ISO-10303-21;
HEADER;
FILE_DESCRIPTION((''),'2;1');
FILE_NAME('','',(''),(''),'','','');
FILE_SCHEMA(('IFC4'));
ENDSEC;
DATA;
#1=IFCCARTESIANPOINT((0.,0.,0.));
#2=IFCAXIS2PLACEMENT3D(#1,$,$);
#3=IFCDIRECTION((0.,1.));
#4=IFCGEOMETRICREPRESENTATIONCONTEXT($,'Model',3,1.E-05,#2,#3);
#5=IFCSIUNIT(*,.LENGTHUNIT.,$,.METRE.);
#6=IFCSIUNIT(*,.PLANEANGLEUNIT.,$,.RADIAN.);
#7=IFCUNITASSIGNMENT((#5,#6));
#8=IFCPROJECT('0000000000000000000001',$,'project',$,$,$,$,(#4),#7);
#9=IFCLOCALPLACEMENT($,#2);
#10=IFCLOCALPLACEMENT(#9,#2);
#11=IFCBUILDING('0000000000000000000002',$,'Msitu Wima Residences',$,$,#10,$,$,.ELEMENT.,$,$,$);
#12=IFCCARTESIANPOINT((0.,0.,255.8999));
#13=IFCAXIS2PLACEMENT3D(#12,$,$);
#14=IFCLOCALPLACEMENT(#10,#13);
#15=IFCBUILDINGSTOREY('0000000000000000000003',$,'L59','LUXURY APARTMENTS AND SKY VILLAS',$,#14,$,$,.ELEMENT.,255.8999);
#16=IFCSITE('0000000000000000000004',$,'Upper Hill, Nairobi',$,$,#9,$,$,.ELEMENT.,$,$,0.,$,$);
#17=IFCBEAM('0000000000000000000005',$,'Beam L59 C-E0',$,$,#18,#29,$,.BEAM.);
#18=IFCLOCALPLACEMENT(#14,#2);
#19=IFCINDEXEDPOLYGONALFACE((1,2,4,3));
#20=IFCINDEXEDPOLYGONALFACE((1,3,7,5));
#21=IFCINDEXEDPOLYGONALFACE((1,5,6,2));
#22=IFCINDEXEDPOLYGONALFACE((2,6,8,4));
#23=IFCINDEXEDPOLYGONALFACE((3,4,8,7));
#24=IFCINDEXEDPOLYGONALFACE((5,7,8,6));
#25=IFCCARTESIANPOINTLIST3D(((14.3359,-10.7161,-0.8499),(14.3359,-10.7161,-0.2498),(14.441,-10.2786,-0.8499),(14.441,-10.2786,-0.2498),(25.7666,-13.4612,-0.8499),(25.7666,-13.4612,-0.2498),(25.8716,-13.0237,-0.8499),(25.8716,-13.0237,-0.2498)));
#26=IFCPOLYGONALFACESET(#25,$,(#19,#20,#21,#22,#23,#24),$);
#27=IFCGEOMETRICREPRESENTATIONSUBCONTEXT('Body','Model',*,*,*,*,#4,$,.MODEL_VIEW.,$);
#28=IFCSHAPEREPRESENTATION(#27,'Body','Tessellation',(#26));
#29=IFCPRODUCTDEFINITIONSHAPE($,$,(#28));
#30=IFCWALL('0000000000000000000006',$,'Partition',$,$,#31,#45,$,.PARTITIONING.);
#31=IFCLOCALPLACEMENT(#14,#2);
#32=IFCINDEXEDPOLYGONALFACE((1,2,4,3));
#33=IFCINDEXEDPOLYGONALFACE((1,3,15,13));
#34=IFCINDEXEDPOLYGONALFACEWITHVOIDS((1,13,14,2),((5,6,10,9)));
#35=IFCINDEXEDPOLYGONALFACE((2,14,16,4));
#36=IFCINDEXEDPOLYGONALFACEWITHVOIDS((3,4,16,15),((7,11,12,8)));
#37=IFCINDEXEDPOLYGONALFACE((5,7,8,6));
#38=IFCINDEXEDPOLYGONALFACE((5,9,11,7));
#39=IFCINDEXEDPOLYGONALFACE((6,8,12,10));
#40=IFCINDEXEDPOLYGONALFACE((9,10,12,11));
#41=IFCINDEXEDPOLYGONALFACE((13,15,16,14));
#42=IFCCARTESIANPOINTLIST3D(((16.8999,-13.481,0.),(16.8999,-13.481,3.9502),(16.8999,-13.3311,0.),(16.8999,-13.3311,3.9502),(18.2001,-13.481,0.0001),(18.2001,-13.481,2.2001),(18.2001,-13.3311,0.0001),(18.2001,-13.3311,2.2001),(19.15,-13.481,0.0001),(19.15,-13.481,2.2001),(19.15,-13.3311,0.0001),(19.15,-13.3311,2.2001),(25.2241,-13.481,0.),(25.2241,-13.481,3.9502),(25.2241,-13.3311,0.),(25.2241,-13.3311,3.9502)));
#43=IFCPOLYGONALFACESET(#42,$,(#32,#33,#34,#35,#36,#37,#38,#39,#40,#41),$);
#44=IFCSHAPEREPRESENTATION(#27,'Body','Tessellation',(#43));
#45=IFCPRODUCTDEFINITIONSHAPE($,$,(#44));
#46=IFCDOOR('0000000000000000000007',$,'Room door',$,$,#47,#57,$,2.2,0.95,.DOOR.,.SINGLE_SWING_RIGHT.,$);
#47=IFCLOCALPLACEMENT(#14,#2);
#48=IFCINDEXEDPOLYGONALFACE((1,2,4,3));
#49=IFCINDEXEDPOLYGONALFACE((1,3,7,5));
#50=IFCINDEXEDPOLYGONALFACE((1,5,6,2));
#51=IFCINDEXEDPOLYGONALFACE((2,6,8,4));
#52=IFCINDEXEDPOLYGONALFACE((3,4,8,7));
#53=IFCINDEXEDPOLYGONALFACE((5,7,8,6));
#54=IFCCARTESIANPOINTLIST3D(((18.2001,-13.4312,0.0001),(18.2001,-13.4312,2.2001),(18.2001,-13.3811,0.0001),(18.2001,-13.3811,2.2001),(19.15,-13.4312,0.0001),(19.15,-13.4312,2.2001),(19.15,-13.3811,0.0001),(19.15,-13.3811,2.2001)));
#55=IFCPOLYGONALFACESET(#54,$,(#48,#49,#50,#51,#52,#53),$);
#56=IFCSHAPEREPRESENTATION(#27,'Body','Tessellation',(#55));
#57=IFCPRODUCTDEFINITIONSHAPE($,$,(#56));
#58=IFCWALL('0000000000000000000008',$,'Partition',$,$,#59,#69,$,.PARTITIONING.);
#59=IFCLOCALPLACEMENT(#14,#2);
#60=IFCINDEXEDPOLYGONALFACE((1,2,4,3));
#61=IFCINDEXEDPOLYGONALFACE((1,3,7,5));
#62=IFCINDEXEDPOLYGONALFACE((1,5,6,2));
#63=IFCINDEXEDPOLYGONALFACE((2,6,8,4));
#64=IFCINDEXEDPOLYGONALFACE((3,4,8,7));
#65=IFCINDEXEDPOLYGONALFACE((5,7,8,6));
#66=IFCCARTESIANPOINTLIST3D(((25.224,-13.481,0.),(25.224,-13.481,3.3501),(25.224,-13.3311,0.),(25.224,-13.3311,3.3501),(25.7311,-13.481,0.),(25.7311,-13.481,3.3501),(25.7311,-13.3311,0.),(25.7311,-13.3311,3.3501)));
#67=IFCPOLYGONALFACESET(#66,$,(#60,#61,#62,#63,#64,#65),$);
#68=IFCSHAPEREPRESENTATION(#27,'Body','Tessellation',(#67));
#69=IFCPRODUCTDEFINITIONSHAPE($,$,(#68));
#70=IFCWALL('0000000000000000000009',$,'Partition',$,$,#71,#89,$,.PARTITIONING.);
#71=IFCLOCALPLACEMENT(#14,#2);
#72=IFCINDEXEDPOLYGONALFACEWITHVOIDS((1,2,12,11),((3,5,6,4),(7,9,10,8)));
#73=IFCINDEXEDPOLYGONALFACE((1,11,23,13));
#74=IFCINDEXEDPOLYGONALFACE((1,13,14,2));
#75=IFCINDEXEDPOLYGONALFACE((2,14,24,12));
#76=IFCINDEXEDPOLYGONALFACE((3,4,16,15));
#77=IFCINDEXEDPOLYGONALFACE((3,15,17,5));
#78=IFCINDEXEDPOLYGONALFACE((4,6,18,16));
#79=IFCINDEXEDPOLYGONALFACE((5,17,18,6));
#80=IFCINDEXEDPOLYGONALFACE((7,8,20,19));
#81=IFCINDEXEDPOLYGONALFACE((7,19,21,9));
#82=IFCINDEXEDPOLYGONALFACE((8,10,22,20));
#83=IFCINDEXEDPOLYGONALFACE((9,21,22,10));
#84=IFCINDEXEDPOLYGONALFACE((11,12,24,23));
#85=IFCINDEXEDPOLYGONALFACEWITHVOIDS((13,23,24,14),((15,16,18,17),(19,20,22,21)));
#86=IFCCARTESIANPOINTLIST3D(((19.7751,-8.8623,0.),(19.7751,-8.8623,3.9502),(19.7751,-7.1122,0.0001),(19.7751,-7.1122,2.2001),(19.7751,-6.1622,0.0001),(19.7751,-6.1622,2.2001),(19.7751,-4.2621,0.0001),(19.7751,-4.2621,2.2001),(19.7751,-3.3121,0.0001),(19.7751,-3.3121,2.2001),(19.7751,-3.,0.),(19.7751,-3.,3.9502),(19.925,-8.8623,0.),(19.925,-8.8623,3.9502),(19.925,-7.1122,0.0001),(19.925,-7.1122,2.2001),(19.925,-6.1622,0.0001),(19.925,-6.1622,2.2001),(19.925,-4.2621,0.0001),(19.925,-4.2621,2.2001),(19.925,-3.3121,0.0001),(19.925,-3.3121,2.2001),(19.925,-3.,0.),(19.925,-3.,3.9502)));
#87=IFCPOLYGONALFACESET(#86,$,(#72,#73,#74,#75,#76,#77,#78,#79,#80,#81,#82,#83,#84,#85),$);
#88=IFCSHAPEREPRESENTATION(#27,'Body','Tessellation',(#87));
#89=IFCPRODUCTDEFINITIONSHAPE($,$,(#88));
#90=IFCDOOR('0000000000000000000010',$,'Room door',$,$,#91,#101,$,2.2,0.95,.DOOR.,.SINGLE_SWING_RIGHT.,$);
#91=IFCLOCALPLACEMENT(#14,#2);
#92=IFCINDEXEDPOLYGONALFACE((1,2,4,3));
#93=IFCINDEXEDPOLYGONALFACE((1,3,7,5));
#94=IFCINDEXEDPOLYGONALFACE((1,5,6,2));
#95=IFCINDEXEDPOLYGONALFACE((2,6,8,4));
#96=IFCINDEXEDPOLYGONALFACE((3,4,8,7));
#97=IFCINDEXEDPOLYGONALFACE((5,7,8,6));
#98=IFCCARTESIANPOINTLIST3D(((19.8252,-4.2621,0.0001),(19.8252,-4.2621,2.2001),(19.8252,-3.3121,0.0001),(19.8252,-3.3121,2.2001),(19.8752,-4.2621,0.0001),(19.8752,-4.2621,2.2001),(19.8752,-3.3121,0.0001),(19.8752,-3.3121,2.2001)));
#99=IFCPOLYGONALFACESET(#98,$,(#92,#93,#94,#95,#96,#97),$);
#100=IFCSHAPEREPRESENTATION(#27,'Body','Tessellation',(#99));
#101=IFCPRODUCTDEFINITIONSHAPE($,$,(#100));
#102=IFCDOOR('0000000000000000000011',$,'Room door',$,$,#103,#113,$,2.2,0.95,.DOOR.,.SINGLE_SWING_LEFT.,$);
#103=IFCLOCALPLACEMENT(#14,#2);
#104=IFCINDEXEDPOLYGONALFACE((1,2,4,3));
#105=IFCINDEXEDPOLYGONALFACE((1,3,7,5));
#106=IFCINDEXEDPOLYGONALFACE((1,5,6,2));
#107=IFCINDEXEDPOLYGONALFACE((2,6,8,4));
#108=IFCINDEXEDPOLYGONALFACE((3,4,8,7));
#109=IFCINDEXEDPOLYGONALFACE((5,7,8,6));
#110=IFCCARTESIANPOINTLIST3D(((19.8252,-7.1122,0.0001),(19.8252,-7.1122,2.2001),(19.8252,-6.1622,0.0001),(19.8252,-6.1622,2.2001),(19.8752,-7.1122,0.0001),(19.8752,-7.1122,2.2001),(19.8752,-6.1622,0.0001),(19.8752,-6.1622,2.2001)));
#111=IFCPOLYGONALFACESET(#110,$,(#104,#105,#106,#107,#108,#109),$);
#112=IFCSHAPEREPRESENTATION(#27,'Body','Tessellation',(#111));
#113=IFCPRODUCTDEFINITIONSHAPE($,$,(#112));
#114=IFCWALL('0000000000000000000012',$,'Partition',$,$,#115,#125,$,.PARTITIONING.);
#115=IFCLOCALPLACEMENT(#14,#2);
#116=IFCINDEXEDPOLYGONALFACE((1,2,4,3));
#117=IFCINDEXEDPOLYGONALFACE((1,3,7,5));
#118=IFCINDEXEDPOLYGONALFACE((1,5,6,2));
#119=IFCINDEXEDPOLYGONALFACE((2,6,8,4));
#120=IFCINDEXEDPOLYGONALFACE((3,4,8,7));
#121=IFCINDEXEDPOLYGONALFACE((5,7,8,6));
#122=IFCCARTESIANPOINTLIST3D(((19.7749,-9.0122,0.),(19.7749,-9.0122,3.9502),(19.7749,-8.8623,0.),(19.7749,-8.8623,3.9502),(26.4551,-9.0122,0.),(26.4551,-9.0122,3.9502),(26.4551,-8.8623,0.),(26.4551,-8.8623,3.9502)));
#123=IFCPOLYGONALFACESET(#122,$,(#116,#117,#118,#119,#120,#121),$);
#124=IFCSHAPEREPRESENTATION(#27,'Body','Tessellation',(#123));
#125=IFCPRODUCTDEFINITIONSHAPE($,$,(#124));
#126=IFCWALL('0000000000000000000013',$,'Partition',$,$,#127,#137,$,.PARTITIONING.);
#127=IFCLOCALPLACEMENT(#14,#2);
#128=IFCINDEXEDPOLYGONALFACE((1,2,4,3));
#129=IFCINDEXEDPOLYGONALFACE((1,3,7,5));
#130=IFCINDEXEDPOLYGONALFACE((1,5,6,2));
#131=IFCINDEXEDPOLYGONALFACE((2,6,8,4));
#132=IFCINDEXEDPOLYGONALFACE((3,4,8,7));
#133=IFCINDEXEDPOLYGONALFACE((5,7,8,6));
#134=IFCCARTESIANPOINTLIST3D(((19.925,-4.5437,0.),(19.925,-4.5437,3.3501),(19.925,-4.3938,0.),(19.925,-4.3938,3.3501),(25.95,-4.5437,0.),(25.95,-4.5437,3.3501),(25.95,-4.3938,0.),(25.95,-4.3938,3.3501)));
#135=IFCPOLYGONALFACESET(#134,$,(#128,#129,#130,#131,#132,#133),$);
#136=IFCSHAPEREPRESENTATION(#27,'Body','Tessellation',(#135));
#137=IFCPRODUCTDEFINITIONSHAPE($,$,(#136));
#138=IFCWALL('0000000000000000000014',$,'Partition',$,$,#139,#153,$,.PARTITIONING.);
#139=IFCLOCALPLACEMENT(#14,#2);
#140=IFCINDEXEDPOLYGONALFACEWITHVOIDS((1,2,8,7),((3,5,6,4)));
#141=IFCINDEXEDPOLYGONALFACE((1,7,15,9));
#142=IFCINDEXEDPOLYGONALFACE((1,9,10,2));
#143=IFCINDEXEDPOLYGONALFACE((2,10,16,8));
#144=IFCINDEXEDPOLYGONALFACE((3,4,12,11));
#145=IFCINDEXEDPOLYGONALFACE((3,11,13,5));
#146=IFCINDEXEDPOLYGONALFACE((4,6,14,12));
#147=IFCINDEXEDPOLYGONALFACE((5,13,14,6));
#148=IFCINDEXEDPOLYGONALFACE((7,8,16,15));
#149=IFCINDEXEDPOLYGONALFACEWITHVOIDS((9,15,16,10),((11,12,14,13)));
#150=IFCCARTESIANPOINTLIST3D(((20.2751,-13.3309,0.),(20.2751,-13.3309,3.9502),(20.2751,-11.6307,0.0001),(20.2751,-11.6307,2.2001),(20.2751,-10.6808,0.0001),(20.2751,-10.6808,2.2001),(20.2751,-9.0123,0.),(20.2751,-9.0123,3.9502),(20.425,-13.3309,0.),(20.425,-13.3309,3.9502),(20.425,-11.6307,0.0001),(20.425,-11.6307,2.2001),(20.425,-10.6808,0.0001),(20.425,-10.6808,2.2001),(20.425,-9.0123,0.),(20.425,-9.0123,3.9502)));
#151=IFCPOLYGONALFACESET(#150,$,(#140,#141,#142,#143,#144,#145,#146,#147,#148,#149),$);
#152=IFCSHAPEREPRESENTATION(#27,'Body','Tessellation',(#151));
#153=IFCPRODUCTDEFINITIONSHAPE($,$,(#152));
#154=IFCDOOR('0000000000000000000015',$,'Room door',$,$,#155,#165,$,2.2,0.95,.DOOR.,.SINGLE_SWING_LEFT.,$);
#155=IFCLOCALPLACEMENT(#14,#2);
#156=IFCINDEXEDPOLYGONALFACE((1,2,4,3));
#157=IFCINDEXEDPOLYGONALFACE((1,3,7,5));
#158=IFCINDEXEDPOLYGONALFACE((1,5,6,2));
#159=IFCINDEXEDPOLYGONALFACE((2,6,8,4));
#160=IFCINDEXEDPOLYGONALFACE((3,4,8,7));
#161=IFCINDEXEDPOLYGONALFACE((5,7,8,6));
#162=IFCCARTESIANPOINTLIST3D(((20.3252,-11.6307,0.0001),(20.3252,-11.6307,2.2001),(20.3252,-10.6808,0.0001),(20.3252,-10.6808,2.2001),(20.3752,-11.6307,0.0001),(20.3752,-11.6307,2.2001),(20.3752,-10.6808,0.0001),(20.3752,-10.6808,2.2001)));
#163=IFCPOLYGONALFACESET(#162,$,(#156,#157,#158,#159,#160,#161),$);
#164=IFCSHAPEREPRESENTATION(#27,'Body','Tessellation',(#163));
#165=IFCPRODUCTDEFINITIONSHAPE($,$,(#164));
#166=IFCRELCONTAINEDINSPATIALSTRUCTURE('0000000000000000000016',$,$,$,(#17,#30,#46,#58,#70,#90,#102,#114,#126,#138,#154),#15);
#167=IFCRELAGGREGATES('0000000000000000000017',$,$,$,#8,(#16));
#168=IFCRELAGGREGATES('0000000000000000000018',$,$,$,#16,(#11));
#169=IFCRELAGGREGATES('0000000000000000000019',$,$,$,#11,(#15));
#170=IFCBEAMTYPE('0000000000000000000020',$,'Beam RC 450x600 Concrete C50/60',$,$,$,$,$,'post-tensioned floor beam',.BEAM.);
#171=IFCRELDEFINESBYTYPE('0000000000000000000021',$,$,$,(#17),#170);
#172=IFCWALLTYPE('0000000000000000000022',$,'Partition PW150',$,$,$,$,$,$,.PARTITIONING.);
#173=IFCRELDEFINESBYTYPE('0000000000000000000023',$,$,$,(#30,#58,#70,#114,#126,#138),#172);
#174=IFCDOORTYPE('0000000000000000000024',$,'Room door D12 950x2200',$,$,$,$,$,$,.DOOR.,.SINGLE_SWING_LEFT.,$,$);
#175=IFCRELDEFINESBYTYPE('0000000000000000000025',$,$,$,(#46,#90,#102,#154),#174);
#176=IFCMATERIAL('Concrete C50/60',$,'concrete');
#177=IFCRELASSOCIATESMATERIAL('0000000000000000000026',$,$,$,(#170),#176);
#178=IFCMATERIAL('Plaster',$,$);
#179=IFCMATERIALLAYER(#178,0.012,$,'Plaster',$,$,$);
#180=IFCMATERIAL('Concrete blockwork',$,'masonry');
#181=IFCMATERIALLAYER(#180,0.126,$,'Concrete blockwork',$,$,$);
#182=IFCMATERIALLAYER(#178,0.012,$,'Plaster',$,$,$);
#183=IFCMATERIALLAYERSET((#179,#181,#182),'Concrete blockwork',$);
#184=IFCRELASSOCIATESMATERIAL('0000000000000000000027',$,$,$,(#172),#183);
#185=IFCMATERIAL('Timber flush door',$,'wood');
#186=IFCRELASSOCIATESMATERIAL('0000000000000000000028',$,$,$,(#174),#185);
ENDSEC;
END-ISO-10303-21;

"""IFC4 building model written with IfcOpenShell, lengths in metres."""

from ifc_helpers import new_model, si_unit, direction, frame, frame_2d, origin, origin_2d, place, context, subcontext, project, spatial, rectangle, extrude, material, layer, layer_set, material_profile, profile_set, type_object, element, fill, save


model = new_model("IFC4")

# Units and contexts
model_context = context("Model", 3, precision=1e-05, world=origin(), true_north=direction((0.0, 1.0)))
body_context = subcontext(model_context, "Body", "Model", "MODEL_VIEW")
ifc_project = project(units=[si_unit("LENGTHUNIT", "METRE"), si_unit("PLANEANGLEUNIT", "RADIAN")], contexts=[model_context])

# Site, building, storey
site_placement = place(None, origin())
site = spatial("IfcSite", under=ifc_project, at=site_placement, Name="Upper Hill, Nairobi", CompositionType="ELEMENT", RefElevation=0.0)
building_placement = place(site_placement, origin())
building = spatial("IfcBuilding", under=site, at=building_placement, Name="Msitu Wima Residences", CompositionType="ELEMENT")
storey_placement = place(building_placement, frame((0.0, 0.0, 255.8999)))
storey = spatial("IfcBuildingStorey", under=building, at=storey_placement, Name="L59", Description="LUXURY APARTMENTS AND SKY VILLAS", CompositionType="ELEMENT", Elevation=255.8999)

# Beam
ifc_material_1 = material(Name="Concrete C50/60", Category="concrete")
ifc_material_profile = material_profile(ifc_material_1, rectangle(XDim=0.45, YDim=0.6001, at=origin_2d()), Name="RC 450x600")
ifc_profile_set = profile_set([ifc_material_profile], Name="Concrete C50/60")
beam_type = type_object("IfcBeamType", Name="Beam RC 450x600 Concrete C50/60", ElementType="post-tensioned floor beam", PredefinedType="BEAM", material=ifc_profile_set)
beam_placement = place(storey_placement, frame((25.8191, -13.2424, -0.5498), z_axis=(-0.972353, 0.233514, 0.0), x_axis=(-0.233514, -0.972353, 0.0)))
element("IfcBeam", 1, at=beam_placement, inside=storey, type_object=beam_type, Name="Beam L59 C-E0", PredefinedType="BEAM", context=body_context, shape_type="SweptSolid", body=[
    extrude(rectangle(XDim=0.45, YDim=0.6001, at=origin_2d()), origin(), (0.0, 0.0, 1.0), 11.7556),
])

# Wall, opening, door
ifc_material_2 = material(Name="Plaster")
ifc_layer_1 = layer(ifc_material_2, 0.012, Name="Plaster")
ifc_material_3 = material(Name="Concrete blockwork", Category="masonry")
ifc_layer_2 = layer(ifc_material_3, 0.126, Name="Concrete blockwork")
ifc_layer_3 = layer(ifc_material_2, 0.012, Name="Plaster")
ifc_layer_set_1 = layer_set([ifc_layer_1, ifc_layer_2, ifc_layer_3], Name="Concrete blockwork")
wall_type_1 = type_object("IfcWallType", Name="Partition PW150", PredefinedType="PARTITIONING", material=ifc_layer_set_1)
wall_1_placement = place(storey_placement, frame((16.8999, -13.406, 0.0), z_axis=(0.0, 0.0, 1.0), x_axis=(1.0, 0.0, 0.0)))
wall_1 = element("IfcWall", 2, at=wall_1_placement, inside=storey, type_object=wall_type_1, Name="Partition", PredefinedType="PARTITIONING", context=body_context, shape_type="SweptSolid", body=[
    extrude(rectangle(XDim=8.3242, YDim=0.1499, at=frame_2d((4.1621, 0.0))), origin(), (0.0, 0.0, 1.0), 3.9502),
])
opening_1_placement = place(wall_1_placement, frame((1.3, 0.0, 0.0)))
opening_1 = element("IfcOpeningElement", 3, at=opening_1_placement, cuts=wall_1, PredefinedType="OPENING", context=body_context, shape_type="SweptSolid", body=[
    extrude(rectangle(XDim=0.95, YDim=2.2, at=frame_2d((0.4751, 1.1001))), frame((0.0, 0.085, 0.0), z_axis=(0.0, -1.0, 0.0), x_axis=(1.0, 0.0, 0.0)), (0.0, 0.0, 1.0), 0.1699),
])
ifc_material_4 = material(Name="Timber flush door", Category="wood")
door_type_1 = type_object("IfcDoorType", Name="Room door D12 950x2200", OperationType="SINGLE_SWING_LEFT", PredefinedType="DOOR", material=ifc_material_4)
door_1_placement = place(opening_1_placement, origin())
door_1 = element("IfcDoor", 4, at=door_1_placement, inside=storey, type_object=door_type_1, Name="Room door", OperationType="SINGLE_SWING_RIGHT", OverallHeight=2.2, OverallWidth=0.95, PredefinedType="DOOR", context=body_context, shape_type="SweptSolid", body=[
    extrude(rectangle(XDim=0.95, YDim=2.2, at=frame_2d((0.4751, 1.1001))), frame((0.0, 0.0249, 0.0), z_axis=(0.0, -1.0, 0.0), x_axis=(1.0, 0.0, 0.0)), (0.0, 0.0, 1.0), 0.05),
])
fill(opening_1, door_1)

# Wall
wall_2_placement = place(storey_placement, frame((25.2241, -13.406, 0.0), z_axis=(0.0, 0.0, 1.0), x_axis=(1.0, 0.0, 0.0)))
element("IfcWall", 5, at=wall_2_placement, inside=storey, type_object=wall_type_1, Name="Partition", PredefinedType="PARTITIONING", context=body_context, shape_type="SweptSolid", body=[
    extrude(rectangle(XDim=0.5071, YDim=0.1499, at=frame_2d((0.2534, 0.0))), origin(), (0.0, 0.0, 1.0), 3.3501),
])

# Wall, openings, doors
wall_3_placement = place(storey_placement, frame((19.8501, -8.8623, 0.0), z_axis=(0.0, 0.0, 1.0), x_axis=(0.0, 1.0, 0.0)))
wall_3 = element("IfcWall", 6, at=wall_3_placement, inside=storey, type_object=wall_type_1, Name="Partition", PredefinedType="PARTITIONING", context=body_context, shape_type="SweptSolid", body=[
    extrude(rectangle(XDim=5.8623, YDim=0.1499, at=frame_2d((2.9312, 0.0))), origin(), (0.0, 0.0, 1.0), 3.9502),
])
opening_2_placement = place(wall_3_placement, frame((4.6001, 0.0, 0.0)))
opening_2 = element("IfcOpeningElement", 7, at=opening_2_placement, cuts=wall_3, PredefinedType="OPENING", context=body_context, shape_type="SweptSolid", body=[
    extrude(rectangle(XDim=0.95, YDim=2.2, at=frame_2d((0.4751, 1.1001))), frame((0.0, 0.085, 0.0), z_axis=(0.0, -1.0, 0.0), x_axis=(1.0, 0.0, 0.0)), (0.0, 0.0, 1.0), 0.1699),
])
opening_3_placement = place(wall_3_placement, frame((1.75, 0.0, 0.0)))
opening_3 = element("IfcOpeningElement", 8, at=opening_3_placement, cuts=wall_3, PredefinedType="OPENING", context=body_context, shape_type="SweptSolid", body=[
    extrude(rectangle(XDim=0.95, YDim=2.2, at=frame_2d((0.4751, 1.1001))), frame((0.0, 0.085, 0.0), z_axis=(0.0, -1.0, 0.0), x_axis=(1.0, 0.0, 0.0)), (0.0, 0.0, 1.0), 0.1699),
])
door_2_placement = place(opening_2_placement, origin())
door_2 = element("IfcDoor", 9, at=door_2_placement, inside=storey, type_object=door_type_1, Name="Room door", OperationType="SINGLE_SWING_RIGHT", OverallHeight=2.2, OverallWidth=0.95, PredefinedType="DOOR", context=body_context, shape_type="SweptSolid", body=[
    extrude(rectangle(XDim=0.95, YDim=2.2, at=frame_2d((0.4751, 1.1001))), frame((0.0, 0.0249, 0.0), z_axis=(0.0, -1.0, 0.0), x_axis=(1.0, 0.0, 0.0)), (0.0, 0.0, 1.0), 0.05),
])
fill(opening_2, door_2)
door_3_placement = place(opening_3_placement, origin())
door_3 = element("IfcDoor", 10, at=door_3_placement, inside=storey, type_object=door_type_1, Name="Room door", OperationType="SINGLE_SWING_LEFT", OverallHeight=2.2, OverallWidth=0.95, PredefinedType="DOOR", context=body_context, shape_type="SweptSolid", body=[
    extrude(rectangle(XDim=0.95, YDim=2.2, at=frame_2d((0.4751, 1.1001))), frame((0.0, 0.0249, 0.0), z_axis=(0.0, -1.0, 0.0), x_axis=(1.0, 0.0, 0.0)), (0.0, 0.0, 1.0), 0.05),
])
fill(opening_3, door_3)

# Walls
wall_4_placement = place(storey_placement, frame((19.7749, -8.9373, 0.0), z_axis=(0.0, 0.0, 1.0), x_axis=(1.0, 0.0, 0.0)))
element("IfcWall", 11, at=wall_4_placement, inside=storey, type_object=wall_type_1, Name="Partition", PredefinedType="PARTITIONING", context=body_context, shape_type="SweptSolid", body=[
    extrude(rectangle(XDim=6.6802, YDim=0.1499, at=frame_2d((3.3401, 0.0))), origin(), (0.0, 0.0, 1.0), 3.9502),
])
wall_5_placement = place(storey_placement, frame((19.925, -4.4688, 0.0), z_axis=(0.0, 0.0, 1.0), x_axis=(1.0, 0.0, 0.0)))
element("IfcWall", 12, at=wall_5_placement, inside=storey, type_object=wall_type_1, Name="Partition", PredefinedType="PARTITIONING", context=body_context, shape_type="SweptSolid", body=[
    extrude(rectangle(XDim=6.0249, YDim=0.1499, at=frame_2d((3.0125, 0.0))), origin(), (0.0, 0.0, 1.0), 3.3501),
])

# Wall, opening, door
wall_6_placement = place(storey_placement, frame((20.3501, -13.3308, 0.0), z_axis=(0.0, 0.0, 1.0), x_axis=(0.0, 1.0, 0.0)))
wall_6 = element("IfcWall", 13, at=wall_6_placement, inside=storey, type_object=wall_type_1, Name="Partition", PredefinedType="PARTITIONING", context=body_context, shape_type="SweptSolid", body=[
    extrude(rectangle(XDim=4.3186, YDim=0.1499, at=frame_2d((2.1592, 0.0))), origin(), (0.0, 0.0, 1.0), 3.9502),
])
opening_4_placement = place(wall_6_placement, frame((1.7, 0.0, 0.0)))
opening_4 = element("IfcOpeningElement", 14, at=opening_4_placement, cuts=wall_6, PredefinedType="OPENING", context=body_context, shape_type="SweptSolid", body=[
    extrude(rectangle(XDim=0.95, YDim=2.2, at=frame_2d((0.4751, 1.1001))), frame((0.0, 0.085, 0.0), z_axis=(0.0, -1.0, 0.0), x_axis=(1.0, 0.0, 0.0)), (0.0, 0.0, 1.0), 0.1699),
])
door_4_placement = place(opening_4_placement, origin())
door_4 = element("IfcDoor", 15, at=door_4_placement, inside=storey, type_object=door_type_1, Name="Room door", OperationType="SINGLE_SWING_LEFT", OverallHeight=2.2, OverallWidth=0.95, PredefinedType="DOOR", context=body_context, shape_type="SweptSolid", body=[
    extrude(rectangle(XDim=0.95, YDim=2.2, at=frame_2d((0.4751, 1.1001))), frame((0.0, 0.0249, 0.0), z_axis=(0.0, -1.0, 0.0), x_axis=(1.0, 0.0, 0.0)), (0.0, 0.0, 1.0), 0.05),
])
fill(opening_4, door_4)

save(model, "model.ifc")
